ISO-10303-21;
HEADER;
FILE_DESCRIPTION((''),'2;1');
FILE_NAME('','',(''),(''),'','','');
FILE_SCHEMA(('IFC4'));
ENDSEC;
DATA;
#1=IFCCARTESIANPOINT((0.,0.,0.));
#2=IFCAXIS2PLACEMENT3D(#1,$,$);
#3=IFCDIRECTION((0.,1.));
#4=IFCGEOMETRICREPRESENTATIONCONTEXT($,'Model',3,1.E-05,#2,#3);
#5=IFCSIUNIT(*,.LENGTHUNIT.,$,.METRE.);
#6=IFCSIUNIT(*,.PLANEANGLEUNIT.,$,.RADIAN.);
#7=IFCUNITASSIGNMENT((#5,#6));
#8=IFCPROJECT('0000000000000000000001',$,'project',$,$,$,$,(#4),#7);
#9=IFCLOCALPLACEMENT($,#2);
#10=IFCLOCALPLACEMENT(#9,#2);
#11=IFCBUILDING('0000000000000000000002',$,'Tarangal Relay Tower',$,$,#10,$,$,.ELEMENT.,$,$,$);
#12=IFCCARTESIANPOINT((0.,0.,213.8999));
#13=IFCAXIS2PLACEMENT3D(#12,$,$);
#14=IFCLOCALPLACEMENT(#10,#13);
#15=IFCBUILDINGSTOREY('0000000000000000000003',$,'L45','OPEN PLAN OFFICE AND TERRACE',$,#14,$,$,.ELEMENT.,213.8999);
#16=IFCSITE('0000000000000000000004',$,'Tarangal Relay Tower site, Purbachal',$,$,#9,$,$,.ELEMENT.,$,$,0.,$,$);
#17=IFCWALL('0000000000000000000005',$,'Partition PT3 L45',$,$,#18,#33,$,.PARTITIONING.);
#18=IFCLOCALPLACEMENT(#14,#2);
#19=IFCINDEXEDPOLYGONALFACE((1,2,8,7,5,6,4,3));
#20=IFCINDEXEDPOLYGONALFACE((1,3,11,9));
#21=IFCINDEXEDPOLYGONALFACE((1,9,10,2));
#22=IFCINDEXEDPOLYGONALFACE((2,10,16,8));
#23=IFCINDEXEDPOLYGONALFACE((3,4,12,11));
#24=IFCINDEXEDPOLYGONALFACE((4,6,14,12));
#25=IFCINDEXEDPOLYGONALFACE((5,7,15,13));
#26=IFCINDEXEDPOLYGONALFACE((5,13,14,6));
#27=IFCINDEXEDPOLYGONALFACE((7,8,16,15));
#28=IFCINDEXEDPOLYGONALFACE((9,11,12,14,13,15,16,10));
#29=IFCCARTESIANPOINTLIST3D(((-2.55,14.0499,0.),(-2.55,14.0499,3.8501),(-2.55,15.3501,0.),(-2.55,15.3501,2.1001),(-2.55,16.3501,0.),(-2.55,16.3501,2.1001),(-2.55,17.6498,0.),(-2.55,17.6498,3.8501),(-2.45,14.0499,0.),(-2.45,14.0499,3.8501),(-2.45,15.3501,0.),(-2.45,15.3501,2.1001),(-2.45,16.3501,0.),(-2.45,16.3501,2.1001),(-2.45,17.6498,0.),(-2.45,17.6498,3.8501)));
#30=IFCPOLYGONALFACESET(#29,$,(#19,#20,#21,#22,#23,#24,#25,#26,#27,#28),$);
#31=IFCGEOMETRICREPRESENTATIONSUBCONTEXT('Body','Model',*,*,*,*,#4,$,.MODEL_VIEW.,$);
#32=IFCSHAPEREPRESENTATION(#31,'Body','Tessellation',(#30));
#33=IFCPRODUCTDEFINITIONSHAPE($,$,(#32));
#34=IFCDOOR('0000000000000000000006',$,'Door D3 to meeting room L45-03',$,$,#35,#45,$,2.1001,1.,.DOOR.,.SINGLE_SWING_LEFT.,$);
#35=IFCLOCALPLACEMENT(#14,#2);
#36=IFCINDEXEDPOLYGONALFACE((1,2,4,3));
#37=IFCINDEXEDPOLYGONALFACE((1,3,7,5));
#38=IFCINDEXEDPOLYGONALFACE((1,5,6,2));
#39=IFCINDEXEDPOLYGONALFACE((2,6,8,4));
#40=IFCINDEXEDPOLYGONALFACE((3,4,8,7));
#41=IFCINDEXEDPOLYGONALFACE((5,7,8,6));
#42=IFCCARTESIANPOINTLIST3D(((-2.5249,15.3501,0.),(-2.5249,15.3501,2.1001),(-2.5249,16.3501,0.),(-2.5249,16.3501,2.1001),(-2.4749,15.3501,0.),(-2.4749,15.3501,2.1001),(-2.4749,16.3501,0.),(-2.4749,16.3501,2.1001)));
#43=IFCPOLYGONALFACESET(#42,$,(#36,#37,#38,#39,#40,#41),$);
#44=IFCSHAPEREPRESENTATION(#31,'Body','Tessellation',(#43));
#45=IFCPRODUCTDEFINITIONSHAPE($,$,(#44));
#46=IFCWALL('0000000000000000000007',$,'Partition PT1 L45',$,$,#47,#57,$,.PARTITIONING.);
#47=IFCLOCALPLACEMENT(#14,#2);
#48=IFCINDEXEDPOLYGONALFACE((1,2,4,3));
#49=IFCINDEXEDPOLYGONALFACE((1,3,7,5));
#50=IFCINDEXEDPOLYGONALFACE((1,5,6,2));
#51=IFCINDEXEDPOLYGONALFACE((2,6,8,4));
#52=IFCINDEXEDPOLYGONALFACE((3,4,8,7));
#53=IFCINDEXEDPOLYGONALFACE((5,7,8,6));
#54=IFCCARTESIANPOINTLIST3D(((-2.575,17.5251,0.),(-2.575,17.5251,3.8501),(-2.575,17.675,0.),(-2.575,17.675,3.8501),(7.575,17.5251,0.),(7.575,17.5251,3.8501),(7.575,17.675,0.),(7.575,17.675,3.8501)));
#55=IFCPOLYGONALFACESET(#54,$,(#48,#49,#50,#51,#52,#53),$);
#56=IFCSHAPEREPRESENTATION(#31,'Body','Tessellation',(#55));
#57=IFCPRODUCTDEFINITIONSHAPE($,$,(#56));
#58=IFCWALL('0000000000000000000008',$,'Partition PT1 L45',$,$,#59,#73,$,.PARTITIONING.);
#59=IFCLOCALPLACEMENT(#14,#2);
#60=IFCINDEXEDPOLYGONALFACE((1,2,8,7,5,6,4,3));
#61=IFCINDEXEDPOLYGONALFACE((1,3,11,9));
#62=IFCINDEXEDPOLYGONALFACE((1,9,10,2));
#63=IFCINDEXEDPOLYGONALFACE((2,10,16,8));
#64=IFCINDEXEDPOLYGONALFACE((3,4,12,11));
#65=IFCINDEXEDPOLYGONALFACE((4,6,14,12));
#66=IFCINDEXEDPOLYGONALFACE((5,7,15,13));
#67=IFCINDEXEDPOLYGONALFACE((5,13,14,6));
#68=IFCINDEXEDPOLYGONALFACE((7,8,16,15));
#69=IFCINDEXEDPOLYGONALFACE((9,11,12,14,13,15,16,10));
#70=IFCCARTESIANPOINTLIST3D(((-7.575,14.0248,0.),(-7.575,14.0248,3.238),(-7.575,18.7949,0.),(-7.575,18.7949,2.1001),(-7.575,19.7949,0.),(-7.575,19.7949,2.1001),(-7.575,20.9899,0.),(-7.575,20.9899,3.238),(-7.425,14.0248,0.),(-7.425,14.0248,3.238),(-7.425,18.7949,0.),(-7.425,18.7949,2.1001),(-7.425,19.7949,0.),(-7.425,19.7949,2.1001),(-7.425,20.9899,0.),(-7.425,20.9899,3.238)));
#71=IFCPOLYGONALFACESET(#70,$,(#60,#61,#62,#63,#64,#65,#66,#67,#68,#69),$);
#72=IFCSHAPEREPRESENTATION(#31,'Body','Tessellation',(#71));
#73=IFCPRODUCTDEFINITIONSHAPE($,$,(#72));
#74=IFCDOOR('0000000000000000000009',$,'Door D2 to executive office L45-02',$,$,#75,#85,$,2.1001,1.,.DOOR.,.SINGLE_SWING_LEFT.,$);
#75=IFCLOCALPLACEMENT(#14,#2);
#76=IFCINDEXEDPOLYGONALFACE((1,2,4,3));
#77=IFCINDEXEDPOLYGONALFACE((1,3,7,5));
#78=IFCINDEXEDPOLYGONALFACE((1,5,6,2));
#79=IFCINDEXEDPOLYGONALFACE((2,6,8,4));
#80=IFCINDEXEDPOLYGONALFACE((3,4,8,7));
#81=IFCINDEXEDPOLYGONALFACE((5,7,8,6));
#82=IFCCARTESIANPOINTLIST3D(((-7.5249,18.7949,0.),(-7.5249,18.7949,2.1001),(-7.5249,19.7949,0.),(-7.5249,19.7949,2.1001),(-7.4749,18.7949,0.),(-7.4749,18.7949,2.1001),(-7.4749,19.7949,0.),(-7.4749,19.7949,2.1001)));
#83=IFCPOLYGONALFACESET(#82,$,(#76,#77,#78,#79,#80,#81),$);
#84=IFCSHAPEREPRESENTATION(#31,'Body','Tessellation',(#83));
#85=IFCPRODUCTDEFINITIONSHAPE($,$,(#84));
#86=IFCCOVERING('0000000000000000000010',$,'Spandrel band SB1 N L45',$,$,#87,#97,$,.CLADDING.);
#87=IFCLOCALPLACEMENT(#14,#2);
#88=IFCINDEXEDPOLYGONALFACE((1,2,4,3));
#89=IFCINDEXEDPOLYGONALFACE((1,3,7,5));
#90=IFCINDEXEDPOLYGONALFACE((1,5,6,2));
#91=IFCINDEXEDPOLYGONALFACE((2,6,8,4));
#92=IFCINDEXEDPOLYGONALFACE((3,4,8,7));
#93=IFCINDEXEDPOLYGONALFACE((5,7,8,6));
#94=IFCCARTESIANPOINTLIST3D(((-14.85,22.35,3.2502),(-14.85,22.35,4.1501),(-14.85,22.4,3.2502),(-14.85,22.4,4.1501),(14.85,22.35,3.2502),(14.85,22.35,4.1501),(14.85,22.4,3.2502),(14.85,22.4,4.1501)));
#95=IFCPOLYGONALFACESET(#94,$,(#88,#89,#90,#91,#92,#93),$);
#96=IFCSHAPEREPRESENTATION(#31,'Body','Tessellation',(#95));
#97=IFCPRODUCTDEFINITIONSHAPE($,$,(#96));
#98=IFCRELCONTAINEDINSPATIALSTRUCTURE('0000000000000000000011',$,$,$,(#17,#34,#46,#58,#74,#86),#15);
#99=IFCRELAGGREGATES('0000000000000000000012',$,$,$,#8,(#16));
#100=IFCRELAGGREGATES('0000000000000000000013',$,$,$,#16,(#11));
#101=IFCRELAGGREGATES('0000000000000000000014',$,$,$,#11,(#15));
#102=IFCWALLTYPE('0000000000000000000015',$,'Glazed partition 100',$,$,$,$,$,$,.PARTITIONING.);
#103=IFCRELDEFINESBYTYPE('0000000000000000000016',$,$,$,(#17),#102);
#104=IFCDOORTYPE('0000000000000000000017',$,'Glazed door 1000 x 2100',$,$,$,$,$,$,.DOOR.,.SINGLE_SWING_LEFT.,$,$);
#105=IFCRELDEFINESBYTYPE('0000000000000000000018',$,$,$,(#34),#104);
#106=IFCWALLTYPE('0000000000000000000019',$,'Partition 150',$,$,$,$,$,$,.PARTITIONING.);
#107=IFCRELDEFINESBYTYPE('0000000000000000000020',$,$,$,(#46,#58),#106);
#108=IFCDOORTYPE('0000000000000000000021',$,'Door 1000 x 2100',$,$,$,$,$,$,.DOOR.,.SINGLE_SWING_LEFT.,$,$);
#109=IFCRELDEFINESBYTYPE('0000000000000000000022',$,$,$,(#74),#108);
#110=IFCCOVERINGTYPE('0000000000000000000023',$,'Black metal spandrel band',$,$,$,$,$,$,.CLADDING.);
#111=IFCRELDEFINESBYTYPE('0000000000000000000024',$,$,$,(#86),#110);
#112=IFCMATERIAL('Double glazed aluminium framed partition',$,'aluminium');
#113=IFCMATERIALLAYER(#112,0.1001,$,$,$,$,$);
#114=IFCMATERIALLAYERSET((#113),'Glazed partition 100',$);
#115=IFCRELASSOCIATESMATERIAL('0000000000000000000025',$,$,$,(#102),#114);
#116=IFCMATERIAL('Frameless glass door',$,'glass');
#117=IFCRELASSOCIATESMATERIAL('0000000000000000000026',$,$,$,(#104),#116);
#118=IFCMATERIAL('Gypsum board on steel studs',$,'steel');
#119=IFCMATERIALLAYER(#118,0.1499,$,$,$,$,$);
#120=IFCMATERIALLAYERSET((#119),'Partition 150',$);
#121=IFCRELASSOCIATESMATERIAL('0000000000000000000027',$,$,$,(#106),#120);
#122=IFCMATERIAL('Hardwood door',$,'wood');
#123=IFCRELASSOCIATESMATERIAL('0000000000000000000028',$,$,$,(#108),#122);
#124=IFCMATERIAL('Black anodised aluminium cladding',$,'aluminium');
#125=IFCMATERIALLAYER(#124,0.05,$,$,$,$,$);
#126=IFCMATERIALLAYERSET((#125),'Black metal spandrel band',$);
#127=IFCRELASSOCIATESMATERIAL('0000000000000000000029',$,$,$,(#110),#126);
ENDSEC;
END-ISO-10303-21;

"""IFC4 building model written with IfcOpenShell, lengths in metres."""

from ifc_helpers import new_model, si_unit, direction, frame, frame_2d, origin, origin_2d, place, context, subcontext, project, spatial, rectangle, extrude, material, layer, layer_set, type_object, element, fill, save


model = new_model("IFC4")

# Units and contexts
model_context = context("Model", 3, precision=1e-05, world=origin(), true_north=direction((0.0, 1.0)))
body_context = subcontext(model_context, "Body", "Model", "MODEL_VIEW")
ifc_project = project(units=[si_unit("LENGTHUNIT", "METRE"), si_unit("PLANEANGLEUNIT", "RADIAN")], contexts=[model_context])

# Site, building, storey
site_placement = place(None, origin())
site = spatial("IfcSite", under=ifc_project, at=site_placement, Name="Tarangal Relay Tower site, Purbachal", CompositionType="ELEMENT", RefElevation=0.0)
building_placement = place(site_placement, origin())
building = spatial("IfcBuilding", under=site, at=building_placement, Name="Tarangal Relay Tower", CompositionType="ELEMENT")
storey_placement = place(building_placement, frame((0.0, 0.0, 213.8999)))
storey = spatial("IfcBuildingStorey", under=building, at=storey_placement, Name="L45", Description="OPEN PLAN OFFICE AND TERRACE", CompositionType="ELEMENT", Elevation=213.8999)

# Shared definitions
ifc_material_1 = material(Name="Double glazed aluminium framed partition", Category="aluminium")
ifc_layer_1 = layer(ifc_material_1, 0.1001)
ifc_layer_set_1 = layer_set([ifc_layer_1], Name="Glazed partition 100")
wall_type_1 = type_object("IfcWallType", Name="Glazed partition 100", PredefinedType="PARTITIONING", material=ifc_layer_set_1)

# Wall, opening, door
wall_1_placement = place(storey_placement, frame((-2.5, 14.05, 0.0), z_axis=(0.0, 0.0, 1.0), x_axis=(0.0, 1.0, 0.0)))
wall_1 = element("IfcWall", 1, at=wall_1_placement, inside=storey, type_object=wall_type_1, Name="Partition PT3 L45", PredefinedType="PARTITIONING", context=body_context, shape_type="SweptSolid", body=[
    extrude(rectangle(XDim=3.5999, YDim=0.1001, at=frame_2d((1.7998, 0.0))), origin(), (0.0, 0.0, 1.0), 3.8501),
])
opening_1_placement = place(wall_1_placement, frame((1.3, 0.0, 0.0)))
opening_1 = element("IfcOpeningElement", 2, at=opening_1_placement, cuts=wall_1, PredefinedType="OPENING", context=body_context, shape_type="SweptSolid", body=[
    extrude(rectangle(XDim=1.0, YDim=2.1001, at=frame_2d((0.5, 1.05))), frame((0.0, 0.0601, 0.0), z_axis=(0.0, -1.0, 0.0), x_axis=(1.0, 0.0, 0.0)), (0.0, 0.0, 1.0), 0.1201),
])
ifc_material_2 = material(Name="Frameless glass door", Category="glass")
door_type_1 = type_object("IfcDoorType", Name="Glazed door 1000 x 2100", OperationType="SINGLE_SWING_LEFT", PredefinedType="DOOR", material=ifc_material_2)
door_1_placement = place(opening_1_placement, origin())
door_1 = element("IfcDoor", 3, at=door_1_placement, inside=storey, type_object=door_type_1, Name="Door D3 to meeting room L45-03", OperationType="SINGLE_SWING_LEFT", OverallHeight=2.1001, OverallWidth=1.0, PredefinedType="DOOR", context=body_context, shape_type="SweptSolid", body=[
    extrude(rectangle(XDim=1.0, YDim=2.1001, at=frame_2d((0.5, 1.05))), frame((0.0, 0.0249, 0.0), z_axis=(0.0, -1.0, 0.0), x_axis=(1.0, 0.0, 0.0)), (0.0, 0.0, 1.0), 0.05),
])
fill(opening_1, door_1)

# Wall
ifc_material_3 = material(Name="Gypsum board on steel studs", Category="steel")
ifc_layer_2 = layer(ifc_material_3, 0.1499)
ifc_layer_set_2 = layer_set([ifc_layer_2], Name="Partition 150")
wall_type_2 = type_object("IfcWallType", Name="Partition 150", PredefinedType="PARTITIONING", material=ifc_layer_set_2)
wall_2_placement = place(storey_placement, frame((-2.575, 17.6001, 0.0), z_axis=(0.0, 0.0, 1.0), x_axis=(1.0, 0.0, 0.0)))
element("IfcWall", 4, at=wall_2_placement, inside=storey, type_object=wall_type_2, Name="Partition PT1 L45", PredefinedType="PARTITIONING", context=body_context, shape_type="SweptSolid", body=[
    extrude(rectangle(XDim=10.1499, YDim=0.1499, at=frame_2d((5.075, 0.0))), origin(), (0.0, 0.0, 1.0), 3.8501),
])

# Wall, opening, door
wall_3_placement = place(storey_placement, frame((-7.5, 14.0249, 0.0), z_axis=(0.0, 0.0, 1.0), x_axis=(0.0, 1.0, 0.0)))
wall_3 = element("IfcWall", 5, at=wall_3_placement, inside=storey, type_object=wall_type_2, Name="Partition PT1 L45", PredefinedType="PARTITIONING", context=body_context, shape_type="SweptSolid", body=[
    extrude(rectangle(XDim=6.9651, YDim=0.1499, at=frame_2d((3.4824, 0.0))), origin(), (0.0, 0.0, 1.0), 3.238),
])
opening_2_placement = place(wall_3_placement, frame((4.77, 0.0, 0.0)))
opening_2 = element("IfcOpeningElement", 6, at=opening_2_placement, cuts=wall_3, PredefinedType="OPENING", context=body_context, shape_type="SweptSolid", body=[
    extrude(rectangle(XDim=1.0, YDim=2.1001, at=frame_2d((0.5, 1.05))), frame((0.0, 0.085, 0.0), z_axis=(0.0, -1.0, 0.0), x_axis=(1.0, 0.0, 0.0)), (0.0, 0.0, 1.0), 0.1699),
])
ifc_material_4 = material(Name="Hardwood door", Category="wood")
door_type_2 = type_object("IfcDoorType", Name="Door 1000 x 2100", OperationType="SINGLE_SWING_LEFT", PredefinedType="DOOR", material=ifc_material_4)
door_2_placement = place(opening_2_placement, origin())
door_2 = element("IfcDoor", 7, at=door_2_placement, inside=storey, type_object=door_type_2, Name="Door D2 to executive office L45-02", OperationType="SINGLE_SWING_LEFT", OverallHeight=2.1001, OverallWidth=1.0, PredefinedType="DOOR", context=body_context, shape_type="SweptSolid", body=[
    extrude(rectangle(XDim=1.0, YDim=2.1001, at=frame_2d((0.5, 1.05))), frame((0.0, 0.0249, 0.0), z_axis=(0.0, -1.0, 0.0), x_axis=(1.0, 0.0, 0.0)), (0.0, 0.0, 1.0), 0.05),
])
fill(opening_2, door_2)

# Covering
ifc_material_5 = material(Name="Black anodised aluminium cladding", Category="aluminium")
ifc_layer_3 = layer(ifc_material_5, 0.05)
ifc_layer_set_3 = layer_set([ifc_layer_3], Name="Black metal spandrel band")
covering_type = type_object("IfcCoveringType", Name="Black metal spandrel band", PredefinedType="CLADDING", material=ifc_layer_set_3)
covering_placement = place(storey_placement, frame((0.0, 22.375, 3.2502), z_axis=(0.0, 0.0, 1.0), x_axis=(1.0, 0.0, 0.0)))
element("IfcCovering", 8, at=covering_placement, inside=storey, type_object=covering_type, Name="Spandrel band SB1 N L45", PredefinedType="CLADDING", context=body_context, shape_type="SweptSolid", body=[
    extrude(rectangle(XDim=29.7, YDim=0.05, at=origin_2d()), origin(), (0.0, 0.0, 1.0), 0.8999),
])

save(model, "model.ifc")
